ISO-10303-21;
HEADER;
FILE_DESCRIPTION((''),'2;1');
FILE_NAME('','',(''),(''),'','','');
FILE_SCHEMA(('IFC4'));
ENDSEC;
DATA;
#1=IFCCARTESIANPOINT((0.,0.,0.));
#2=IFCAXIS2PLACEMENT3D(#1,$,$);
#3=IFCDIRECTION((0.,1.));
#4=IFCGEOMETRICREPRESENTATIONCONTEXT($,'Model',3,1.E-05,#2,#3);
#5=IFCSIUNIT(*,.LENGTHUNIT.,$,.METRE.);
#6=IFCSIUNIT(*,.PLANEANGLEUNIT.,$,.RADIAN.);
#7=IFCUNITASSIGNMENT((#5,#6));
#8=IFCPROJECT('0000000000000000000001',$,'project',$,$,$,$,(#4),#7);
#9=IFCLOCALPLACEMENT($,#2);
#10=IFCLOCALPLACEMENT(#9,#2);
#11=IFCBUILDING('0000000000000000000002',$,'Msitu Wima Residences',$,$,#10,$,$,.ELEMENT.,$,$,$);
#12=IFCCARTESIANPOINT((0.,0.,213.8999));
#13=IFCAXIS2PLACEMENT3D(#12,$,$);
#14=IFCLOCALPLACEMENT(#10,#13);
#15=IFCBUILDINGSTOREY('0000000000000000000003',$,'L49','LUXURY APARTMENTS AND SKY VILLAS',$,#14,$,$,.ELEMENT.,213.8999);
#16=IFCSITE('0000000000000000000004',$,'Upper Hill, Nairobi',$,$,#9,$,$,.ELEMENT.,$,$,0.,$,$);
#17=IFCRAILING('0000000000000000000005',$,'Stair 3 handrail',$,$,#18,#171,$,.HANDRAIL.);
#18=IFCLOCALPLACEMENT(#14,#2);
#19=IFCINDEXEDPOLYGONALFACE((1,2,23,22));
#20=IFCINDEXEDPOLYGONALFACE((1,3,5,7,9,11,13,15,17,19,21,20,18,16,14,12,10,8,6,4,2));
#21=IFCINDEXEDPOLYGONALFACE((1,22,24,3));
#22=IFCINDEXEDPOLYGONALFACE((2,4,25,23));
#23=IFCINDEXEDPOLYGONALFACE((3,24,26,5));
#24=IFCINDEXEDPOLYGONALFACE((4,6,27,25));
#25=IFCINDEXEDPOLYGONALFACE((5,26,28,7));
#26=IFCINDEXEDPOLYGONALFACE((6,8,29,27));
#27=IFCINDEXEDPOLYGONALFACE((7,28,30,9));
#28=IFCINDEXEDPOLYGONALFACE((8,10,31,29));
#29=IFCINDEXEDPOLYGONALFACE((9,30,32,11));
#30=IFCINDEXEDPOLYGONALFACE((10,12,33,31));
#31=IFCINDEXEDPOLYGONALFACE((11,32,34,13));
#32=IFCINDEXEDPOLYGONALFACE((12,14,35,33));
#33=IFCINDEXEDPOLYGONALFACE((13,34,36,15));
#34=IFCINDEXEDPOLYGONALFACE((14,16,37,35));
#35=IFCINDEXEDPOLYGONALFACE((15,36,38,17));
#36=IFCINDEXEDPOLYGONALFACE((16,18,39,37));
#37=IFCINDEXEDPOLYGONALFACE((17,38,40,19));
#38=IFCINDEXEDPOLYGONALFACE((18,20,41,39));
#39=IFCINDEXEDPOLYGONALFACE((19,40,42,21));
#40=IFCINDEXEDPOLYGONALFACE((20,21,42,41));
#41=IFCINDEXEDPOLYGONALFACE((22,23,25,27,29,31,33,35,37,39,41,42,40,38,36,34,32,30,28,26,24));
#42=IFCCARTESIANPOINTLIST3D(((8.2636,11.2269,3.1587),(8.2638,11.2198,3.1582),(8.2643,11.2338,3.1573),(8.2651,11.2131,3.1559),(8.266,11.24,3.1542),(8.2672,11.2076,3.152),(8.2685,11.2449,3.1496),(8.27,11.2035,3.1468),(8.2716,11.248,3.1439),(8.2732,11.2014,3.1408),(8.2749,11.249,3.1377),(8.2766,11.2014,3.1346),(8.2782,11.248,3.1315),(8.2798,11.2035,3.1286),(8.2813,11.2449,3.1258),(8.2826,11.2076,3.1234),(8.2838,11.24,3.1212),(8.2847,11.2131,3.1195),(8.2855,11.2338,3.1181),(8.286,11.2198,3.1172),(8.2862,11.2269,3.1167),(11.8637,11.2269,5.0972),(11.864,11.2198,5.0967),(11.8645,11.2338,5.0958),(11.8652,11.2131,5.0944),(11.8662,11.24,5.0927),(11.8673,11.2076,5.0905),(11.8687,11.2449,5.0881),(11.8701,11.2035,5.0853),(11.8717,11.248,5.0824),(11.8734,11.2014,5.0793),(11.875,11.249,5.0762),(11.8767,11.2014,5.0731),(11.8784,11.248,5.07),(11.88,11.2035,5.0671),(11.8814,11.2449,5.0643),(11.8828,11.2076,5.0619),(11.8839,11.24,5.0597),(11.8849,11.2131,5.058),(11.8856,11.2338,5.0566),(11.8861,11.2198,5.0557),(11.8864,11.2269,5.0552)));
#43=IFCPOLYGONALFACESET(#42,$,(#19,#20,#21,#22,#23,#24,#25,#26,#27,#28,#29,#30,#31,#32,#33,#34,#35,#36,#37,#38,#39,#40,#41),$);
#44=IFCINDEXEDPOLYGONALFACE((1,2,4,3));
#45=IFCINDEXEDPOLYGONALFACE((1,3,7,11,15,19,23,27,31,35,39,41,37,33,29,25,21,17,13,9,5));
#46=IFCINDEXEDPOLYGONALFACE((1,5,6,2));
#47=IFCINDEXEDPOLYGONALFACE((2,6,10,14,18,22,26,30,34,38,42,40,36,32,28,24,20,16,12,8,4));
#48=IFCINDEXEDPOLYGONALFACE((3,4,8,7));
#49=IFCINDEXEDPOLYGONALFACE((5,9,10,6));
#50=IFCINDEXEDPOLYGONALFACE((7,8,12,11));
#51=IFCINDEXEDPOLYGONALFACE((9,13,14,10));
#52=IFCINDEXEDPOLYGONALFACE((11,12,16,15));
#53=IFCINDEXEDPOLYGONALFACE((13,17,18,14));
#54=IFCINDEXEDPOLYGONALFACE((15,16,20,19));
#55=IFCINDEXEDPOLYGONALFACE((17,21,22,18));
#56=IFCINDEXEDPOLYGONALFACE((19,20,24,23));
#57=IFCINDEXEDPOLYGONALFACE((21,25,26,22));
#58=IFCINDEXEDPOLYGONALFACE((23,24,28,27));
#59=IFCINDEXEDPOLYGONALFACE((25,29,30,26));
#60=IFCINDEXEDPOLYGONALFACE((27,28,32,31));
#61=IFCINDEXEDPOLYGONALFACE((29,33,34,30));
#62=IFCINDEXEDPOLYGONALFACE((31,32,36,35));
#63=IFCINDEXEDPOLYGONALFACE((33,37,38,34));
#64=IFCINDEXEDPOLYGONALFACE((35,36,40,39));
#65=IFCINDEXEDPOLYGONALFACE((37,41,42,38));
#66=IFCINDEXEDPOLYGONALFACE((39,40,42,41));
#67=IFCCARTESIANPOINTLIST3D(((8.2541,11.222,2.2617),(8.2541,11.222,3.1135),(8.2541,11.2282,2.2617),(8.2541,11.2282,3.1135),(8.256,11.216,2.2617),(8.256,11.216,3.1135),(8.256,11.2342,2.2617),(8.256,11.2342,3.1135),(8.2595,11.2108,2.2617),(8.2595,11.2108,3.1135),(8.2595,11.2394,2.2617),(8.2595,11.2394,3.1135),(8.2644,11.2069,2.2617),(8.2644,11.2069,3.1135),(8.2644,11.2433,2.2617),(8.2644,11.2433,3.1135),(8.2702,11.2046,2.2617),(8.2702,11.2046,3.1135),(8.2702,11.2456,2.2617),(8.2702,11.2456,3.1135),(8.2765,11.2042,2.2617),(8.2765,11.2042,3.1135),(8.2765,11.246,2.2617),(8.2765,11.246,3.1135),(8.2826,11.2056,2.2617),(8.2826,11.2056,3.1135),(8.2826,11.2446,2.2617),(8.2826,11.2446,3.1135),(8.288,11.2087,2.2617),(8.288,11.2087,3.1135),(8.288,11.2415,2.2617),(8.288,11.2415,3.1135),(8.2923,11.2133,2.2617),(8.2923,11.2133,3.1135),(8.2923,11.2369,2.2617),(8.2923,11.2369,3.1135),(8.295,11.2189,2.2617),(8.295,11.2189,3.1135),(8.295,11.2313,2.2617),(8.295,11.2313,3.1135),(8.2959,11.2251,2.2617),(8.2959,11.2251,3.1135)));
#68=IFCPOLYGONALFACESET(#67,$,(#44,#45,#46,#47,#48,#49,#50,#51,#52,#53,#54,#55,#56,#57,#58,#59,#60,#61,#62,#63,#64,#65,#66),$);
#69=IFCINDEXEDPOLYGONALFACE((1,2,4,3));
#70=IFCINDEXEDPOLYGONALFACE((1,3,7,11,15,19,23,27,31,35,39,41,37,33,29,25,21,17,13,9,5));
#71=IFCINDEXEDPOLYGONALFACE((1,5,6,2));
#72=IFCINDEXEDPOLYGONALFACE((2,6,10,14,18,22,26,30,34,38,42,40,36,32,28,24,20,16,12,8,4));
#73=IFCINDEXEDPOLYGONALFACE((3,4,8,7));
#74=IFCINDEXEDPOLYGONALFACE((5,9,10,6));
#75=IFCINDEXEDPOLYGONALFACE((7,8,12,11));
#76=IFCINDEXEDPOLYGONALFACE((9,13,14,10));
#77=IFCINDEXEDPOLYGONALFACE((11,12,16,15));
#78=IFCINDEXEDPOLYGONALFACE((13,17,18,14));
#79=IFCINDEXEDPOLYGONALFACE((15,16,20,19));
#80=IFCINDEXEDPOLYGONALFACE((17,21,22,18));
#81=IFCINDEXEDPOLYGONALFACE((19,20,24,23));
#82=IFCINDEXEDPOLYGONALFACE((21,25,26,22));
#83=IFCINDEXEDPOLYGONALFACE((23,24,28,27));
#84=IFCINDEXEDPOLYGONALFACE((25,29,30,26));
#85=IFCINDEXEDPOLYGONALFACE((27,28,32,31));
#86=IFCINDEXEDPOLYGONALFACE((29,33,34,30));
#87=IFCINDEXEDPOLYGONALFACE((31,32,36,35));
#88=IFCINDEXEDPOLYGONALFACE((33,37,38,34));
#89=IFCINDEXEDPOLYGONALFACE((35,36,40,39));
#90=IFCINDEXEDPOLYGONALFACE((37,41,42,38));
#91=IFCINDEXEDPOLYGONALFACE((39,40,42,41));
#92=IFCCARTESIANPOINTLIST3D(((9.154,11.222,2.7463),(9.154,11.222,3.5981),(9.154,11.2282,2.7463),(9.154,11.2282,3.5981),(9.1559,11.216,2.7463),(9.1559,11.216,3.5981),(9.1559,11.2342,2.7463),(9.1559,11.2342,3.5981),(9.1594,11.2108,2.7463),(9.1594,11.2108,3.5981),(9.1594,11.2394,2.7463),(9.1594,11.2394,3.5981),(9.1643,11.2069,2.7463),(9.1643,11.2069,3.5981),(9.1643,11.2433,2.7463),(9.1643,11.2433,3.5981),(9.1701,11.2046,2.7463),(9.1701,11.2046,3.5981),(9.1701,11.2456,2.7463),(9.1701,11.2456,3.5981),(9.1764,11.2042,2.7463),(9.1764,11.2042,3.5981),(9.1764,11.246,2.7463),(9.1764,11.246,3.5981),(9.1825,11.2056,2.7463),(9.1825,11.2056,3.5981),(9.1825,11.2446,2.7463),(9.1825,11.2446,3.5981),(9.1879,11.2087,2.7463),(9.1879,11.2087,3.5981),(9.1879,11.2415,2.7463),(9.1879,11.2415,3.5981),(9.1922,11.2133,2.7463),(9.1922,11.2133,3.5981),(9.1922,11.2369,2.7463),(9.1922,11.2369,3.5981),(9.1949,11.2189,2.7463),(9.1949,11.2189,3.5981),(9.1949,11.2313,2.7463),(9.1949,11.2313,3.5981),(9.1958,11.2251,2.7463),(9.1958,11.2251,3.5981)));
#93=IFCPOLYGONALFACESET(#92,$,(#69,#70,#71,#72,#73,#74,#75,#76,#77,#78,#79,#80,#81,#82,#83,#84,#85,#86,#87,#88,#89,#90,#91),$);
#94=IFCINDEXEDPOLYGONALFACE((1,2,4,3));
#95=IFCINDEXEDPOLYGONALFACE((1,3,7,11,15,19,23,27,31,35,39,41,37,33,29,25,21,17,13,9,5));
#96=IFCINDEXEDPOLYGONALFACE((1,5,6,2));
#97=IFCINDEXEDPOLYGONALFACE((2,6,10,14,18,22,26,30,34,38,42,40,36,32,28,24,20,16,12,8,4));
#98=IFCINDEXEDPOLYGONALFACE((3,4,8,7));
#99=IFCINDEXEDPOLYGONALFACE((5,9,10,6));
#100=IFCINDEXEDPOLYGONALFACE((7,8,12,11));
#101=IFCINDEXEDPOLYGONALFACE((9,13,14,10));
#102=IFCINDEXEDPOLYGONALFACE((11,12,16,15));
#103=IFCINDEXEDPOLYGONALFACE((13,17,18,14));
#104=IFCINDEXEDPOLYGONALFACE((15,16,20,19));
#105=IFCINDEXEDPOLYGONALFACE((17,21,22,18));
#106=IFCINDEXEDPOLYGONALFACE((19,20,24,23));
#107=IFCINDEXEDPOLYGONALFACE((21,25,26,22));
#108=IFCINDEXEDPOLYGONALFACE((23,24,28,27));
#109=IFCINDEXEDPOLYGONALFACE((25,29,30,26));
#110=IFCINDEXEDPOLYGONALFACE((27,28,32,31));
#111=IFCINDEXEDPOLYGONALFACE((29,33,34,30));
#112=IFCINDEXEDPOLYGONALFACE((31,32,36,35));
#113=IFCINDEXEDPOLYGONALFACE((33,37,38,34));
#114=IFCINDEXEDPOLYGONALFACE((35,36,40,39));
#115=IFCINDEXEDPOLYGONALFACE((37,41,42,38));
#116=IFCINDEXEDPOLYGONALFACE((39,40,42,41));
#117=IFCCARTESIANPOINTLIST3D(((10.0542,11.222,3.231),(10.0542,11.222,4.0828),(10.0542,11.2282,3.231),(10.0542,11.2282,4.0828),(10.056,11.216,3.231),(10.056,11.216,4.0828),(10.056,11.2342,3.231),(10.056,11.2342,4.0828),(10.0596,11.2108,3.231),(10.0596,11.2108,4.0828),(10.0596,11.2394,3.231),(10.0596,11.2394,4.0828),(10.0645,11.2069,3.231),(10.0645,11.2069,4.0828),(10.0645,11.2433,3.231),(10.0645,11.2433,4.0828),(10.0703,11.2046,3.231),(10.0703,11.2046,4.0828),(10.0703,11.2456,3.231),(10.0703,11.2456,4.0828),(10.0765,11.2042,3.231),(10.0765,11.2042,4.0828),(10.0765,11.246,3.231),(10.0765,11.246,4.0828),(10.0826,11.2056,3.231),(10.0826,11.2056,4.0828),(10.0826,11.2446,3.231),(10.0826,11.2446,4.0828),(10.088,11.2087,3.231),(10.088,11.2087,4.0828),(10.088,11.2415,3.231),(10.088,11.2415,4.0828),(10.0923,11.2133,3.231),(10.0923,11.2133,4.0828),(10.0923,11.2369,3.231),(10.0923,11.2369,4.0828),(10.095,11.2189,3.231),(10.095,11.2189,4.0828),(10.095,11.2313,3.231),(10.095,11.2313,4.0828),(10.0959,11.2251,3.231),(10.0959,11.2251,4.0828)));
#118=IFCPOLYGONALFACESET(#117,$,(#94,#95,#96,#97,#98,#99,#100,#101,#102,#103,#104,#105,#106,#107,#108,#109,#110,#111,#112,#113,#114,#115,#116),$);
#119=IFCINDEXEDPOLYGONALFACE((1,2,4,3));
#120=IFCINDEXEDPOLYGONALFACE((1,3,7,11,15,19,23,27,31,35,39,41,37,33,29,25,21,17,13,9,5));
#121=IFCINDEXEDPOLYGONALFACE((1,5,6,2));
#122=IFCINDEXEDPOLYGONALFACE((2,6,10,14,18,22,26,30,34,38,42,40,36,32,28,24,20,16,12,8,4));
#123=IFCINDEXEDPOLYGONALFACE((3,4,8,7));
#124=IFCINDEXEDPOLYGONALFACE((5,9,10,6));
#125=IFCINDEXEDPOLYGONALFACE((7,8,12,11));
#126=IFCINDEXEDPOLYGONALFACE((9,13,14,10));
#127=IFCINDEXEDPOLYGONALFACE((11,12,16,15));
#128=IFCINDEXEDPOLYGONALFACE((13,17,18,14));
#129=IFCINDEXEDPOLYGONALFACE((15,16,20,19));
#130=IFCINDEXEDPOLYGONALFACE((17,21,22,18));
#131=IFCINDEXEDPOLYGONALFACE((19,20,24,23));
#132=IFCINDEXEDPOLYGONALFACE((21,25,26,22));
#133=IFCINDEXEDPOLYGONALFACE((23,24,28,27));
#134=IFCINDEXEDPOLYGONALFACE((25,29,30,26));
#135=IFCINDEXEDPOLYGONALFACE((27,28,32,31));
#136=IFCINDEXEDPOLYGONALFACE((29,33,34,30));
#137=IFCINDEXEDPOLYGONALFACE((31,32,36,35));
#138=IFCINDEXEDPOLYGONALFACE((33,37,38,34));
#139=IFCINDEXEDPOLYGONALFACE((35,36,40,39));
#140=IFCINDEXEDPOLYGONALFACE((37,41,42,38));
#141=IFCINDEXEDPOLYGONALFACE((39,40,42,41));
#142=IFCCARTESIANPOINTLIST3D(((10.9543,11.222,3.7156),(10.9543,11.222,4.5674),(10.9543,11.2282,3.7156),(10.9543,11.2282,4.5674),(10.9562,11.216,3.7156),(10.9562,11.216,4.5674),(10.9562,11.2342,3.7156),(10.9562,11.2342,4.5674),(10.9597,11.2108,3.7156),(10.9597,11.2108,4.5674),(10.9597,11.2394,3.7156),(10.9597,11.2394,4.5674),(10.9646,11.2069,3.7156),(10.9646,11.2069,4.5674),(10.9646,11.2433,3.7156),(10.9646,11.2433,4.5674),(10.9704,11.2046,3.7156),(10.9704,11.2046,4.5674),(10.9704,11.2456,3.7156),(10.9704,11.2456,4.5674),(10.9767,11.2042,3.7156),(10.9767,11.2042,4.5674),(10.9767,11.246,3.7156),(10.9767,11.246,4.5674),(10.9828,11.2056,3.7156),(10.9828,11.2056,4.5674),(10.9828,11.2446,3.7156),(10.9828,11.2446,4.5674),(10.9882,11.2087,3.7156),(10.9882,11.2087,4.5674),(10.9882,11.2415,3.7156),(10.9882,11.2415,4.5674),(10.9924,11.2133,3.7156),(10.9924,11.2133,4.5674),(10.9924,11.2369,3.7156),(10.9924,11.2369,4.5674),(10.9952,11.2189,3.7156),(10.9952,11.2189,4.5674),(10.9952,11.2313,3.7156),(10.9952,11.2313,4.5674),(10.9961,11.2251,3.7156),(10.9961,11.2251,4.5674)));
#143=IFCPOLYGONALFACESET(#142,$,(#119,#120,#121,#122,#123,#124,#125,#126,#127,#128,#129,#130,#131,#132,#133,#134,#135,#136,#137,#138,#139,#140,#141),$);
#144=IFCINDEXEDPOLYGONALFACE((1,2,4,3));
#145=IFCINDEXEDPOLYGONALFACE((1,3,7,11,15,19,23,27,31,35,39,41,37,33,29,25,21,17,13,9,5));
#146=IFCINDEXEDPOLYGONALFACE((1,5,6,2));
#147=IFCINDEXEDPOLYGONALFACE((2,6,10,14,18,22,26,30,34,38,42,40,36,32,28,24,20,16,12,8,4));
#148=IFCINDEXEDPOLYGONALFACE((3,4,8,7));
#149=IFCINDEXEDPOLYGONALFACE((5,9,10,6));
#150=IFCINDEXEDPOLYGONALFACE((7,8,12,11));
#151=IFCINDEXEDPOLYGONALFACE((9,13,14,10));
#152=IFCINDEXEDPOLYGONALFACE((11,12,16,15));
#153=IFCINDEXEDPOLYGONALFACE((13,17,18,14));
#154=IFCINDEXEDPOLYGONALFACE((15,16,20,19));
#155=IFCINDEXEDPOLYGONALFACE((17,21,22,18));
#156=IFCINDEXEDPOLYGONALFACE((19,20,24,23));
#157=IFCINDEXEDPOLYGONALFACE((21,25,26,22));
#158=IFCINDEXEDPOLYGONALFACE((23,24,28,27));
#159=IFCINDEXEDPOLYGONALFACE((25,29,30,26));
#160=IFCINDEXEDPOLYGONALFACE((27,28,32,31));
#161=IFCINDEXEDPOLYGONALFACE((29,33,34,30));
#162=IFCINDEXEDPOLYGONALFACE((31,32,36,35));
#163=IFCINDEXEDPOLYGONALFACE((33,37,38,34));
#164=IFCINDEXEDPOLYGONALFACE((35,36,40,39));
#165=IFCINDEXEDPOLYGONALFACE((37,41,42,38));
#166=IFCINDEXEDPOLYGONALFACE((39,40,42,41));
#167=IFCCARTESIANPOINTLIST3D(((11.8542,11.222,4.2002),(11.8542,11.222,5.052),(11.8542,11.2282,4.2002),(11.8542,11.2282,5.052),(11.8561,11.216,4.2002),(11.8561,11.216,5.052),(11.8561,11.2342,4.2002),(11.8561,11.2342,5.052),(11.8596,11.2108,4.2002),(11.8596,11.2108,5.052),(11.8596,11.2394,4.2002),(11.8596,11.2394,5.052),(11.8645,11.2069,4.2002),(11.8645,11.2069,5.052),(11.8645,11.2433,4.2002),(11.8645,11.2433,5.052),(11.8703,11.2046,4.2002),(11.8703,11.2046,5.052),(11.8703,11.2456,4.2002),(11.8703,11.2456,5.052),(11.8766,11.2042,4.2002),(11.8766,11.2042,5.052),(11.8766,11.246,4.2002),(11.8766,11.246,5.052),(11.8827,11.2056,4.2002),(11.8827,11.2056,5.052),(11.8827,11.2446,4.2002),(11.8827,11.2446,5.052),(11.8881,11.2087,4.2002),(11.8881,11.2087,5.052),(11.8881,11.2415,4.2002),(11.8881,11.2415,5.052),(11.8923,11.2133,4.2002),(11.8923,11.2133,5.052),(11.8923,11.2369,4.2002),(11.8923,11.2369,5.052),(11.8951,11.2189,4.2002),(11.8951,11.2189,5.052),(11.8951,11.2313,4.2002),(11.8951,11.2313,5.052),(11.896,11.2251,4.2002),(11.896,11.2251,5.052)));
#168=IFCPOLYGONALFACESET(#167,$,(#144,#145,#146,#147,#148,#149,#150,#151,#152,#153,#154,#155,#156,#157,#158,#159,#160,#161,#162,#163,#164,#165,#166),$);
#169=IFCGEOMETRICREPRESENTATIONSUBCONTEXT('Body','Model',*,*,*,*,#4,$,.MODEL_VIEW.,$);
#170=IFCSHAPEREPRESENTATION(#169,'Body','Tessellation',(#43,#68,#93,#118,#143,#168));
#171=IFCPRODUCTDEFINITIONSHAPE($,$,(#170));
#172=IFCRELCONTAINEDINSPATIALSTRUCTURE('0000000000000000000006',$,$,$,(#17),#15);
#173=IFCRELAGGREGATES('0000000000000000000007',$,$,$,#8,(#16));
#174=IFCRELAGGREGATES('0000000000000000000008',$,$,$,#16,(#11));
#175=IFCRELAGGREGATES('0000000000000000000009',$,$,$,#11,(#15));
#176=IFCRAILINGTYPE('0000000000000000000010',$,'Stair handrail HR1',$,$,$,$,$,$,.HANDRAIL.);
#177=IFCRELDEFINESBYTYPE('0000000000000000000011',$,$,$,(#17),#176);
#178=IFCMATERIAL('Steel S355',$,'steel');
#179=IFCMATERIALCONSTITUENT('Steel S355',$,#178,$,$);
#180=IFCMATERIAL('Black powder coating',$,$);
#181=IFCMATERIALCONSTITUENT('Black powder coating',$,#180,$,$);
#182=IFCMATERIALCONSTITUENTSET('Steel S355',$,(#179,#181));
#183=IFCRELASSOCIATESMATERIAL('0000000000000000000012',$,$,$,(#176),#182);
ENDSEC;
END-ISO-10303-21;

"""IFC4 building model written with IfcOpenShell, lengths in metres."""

from ifc_helpers import new_model, si_unit, direction, frame, origin, origin_2d, place, context, subcontext, project, spatial, circle, extrude, material, constituent, constituent_set, type_object, element, save


model = new_model("IFC4")

# Units and contexts
model_context = context("Model", 3, precision=1e-05, world=origin(), true_north=direction((0.0, 1.0)))
body_context = subcontext(model_context, "Body", "Model", "MODEL_VIEW")
ifc_project = project(units=[si_unit("LENGTHUNIT", "METRE"), si_unit("PLANEANGLEUNIT", "RADIAN")], contexts=[model_context])

# Site, building, storey
site_placement = place(None, origin())
site = spatial("IfcSite", under=ifc_project, at=site_placement, Name="Upper Hill, Nairobi", CompositionType="ELEMENT", RefElevation=0.0)
building_placement = place(site_placement, origin())
building = spatial("IfcBuilding", under=site, at=building_placement, Name="Msitu Wima Residences", CompositionType="ELEMENT")
storey_placement = place(building_placement, frame((0.0, 0.0, 213.8999)))
storey = spatial("IfcBuildingStorey", under=building, at=storey_placement, Name="L49", Description="LUXURY APARTMENTS AND SKY VILLAS", CompositionType="ELEMENT", Elevation=213.8999)

# Railing
ifc_material_1 = material(Name="Steel S355", Category="steel")
ifc_constituent_1 = constituent(ifc_material_1, Name="Steel S355")
ifc_material_2 = material(Name="Black powder coating")
ifc_constituent_2 = constituent(ifc_material_2, Name="Black powder coating")
ifc_constituent_set = constituent_set(constituents=[ifc_constituent_1, ifc_constituent_2], Name="Steel S355")
railing_type = type_object("IfcRailingType", Name="Stair handrail HR1", PredefinedType="HANDRAIL", material=ifc_constituent_set)
for number, where, name in (
    (1, (8.2749, 11.2251, 2.2617), "Stair 3 handrail"),
):
    element("IfcRailing", number, at=place(storey_placement, frame(where)), inside=storey, type_object=railing_type, Name=name, PredefinedType="HANDRAIL", context=body_context, shape_type="SweptSolid", body=[
        extrude(circle(Radius=0.0239, at=origin_2d()), frame((0.0, 0.0, 0.876), z_axis=(0.880475, 0.0, 0.474093), x_axis=(0.0, 1.0, 0.0)), (0.0, 0.0, 1.0), 4.0889),
        extrude(circle(Radius=0.021, at=origin_2d()), origin(), (0.0, 0.0, 1.0), 0.8518),
        extrude(circle(Radius=0.021, at=origin_2d()), frame((0.8999, 0.0, 0.4846)), (0.0, 0.0, 1.0), 0.8518),
        extrude(circle(Radius=0.021, at=origin_2d()), frame((1.8, 0.0, 0.9692)), (0.0, 0.0, 1.0), 0.8518),
        extrude(circle(Radius=0.021, at=origin_2d()), frame((2.7002, 0.0, 1.4539)), (0.0, 0.0, 1.0), 0.8518),
        extrude(circle(Radius=0.021, at=origin_2d()), frame((3.6001, 0.0, 1.9385)), (0.0, 0.0, 1.0), 0.8518),
    ])

save(model, "model.ifc")
